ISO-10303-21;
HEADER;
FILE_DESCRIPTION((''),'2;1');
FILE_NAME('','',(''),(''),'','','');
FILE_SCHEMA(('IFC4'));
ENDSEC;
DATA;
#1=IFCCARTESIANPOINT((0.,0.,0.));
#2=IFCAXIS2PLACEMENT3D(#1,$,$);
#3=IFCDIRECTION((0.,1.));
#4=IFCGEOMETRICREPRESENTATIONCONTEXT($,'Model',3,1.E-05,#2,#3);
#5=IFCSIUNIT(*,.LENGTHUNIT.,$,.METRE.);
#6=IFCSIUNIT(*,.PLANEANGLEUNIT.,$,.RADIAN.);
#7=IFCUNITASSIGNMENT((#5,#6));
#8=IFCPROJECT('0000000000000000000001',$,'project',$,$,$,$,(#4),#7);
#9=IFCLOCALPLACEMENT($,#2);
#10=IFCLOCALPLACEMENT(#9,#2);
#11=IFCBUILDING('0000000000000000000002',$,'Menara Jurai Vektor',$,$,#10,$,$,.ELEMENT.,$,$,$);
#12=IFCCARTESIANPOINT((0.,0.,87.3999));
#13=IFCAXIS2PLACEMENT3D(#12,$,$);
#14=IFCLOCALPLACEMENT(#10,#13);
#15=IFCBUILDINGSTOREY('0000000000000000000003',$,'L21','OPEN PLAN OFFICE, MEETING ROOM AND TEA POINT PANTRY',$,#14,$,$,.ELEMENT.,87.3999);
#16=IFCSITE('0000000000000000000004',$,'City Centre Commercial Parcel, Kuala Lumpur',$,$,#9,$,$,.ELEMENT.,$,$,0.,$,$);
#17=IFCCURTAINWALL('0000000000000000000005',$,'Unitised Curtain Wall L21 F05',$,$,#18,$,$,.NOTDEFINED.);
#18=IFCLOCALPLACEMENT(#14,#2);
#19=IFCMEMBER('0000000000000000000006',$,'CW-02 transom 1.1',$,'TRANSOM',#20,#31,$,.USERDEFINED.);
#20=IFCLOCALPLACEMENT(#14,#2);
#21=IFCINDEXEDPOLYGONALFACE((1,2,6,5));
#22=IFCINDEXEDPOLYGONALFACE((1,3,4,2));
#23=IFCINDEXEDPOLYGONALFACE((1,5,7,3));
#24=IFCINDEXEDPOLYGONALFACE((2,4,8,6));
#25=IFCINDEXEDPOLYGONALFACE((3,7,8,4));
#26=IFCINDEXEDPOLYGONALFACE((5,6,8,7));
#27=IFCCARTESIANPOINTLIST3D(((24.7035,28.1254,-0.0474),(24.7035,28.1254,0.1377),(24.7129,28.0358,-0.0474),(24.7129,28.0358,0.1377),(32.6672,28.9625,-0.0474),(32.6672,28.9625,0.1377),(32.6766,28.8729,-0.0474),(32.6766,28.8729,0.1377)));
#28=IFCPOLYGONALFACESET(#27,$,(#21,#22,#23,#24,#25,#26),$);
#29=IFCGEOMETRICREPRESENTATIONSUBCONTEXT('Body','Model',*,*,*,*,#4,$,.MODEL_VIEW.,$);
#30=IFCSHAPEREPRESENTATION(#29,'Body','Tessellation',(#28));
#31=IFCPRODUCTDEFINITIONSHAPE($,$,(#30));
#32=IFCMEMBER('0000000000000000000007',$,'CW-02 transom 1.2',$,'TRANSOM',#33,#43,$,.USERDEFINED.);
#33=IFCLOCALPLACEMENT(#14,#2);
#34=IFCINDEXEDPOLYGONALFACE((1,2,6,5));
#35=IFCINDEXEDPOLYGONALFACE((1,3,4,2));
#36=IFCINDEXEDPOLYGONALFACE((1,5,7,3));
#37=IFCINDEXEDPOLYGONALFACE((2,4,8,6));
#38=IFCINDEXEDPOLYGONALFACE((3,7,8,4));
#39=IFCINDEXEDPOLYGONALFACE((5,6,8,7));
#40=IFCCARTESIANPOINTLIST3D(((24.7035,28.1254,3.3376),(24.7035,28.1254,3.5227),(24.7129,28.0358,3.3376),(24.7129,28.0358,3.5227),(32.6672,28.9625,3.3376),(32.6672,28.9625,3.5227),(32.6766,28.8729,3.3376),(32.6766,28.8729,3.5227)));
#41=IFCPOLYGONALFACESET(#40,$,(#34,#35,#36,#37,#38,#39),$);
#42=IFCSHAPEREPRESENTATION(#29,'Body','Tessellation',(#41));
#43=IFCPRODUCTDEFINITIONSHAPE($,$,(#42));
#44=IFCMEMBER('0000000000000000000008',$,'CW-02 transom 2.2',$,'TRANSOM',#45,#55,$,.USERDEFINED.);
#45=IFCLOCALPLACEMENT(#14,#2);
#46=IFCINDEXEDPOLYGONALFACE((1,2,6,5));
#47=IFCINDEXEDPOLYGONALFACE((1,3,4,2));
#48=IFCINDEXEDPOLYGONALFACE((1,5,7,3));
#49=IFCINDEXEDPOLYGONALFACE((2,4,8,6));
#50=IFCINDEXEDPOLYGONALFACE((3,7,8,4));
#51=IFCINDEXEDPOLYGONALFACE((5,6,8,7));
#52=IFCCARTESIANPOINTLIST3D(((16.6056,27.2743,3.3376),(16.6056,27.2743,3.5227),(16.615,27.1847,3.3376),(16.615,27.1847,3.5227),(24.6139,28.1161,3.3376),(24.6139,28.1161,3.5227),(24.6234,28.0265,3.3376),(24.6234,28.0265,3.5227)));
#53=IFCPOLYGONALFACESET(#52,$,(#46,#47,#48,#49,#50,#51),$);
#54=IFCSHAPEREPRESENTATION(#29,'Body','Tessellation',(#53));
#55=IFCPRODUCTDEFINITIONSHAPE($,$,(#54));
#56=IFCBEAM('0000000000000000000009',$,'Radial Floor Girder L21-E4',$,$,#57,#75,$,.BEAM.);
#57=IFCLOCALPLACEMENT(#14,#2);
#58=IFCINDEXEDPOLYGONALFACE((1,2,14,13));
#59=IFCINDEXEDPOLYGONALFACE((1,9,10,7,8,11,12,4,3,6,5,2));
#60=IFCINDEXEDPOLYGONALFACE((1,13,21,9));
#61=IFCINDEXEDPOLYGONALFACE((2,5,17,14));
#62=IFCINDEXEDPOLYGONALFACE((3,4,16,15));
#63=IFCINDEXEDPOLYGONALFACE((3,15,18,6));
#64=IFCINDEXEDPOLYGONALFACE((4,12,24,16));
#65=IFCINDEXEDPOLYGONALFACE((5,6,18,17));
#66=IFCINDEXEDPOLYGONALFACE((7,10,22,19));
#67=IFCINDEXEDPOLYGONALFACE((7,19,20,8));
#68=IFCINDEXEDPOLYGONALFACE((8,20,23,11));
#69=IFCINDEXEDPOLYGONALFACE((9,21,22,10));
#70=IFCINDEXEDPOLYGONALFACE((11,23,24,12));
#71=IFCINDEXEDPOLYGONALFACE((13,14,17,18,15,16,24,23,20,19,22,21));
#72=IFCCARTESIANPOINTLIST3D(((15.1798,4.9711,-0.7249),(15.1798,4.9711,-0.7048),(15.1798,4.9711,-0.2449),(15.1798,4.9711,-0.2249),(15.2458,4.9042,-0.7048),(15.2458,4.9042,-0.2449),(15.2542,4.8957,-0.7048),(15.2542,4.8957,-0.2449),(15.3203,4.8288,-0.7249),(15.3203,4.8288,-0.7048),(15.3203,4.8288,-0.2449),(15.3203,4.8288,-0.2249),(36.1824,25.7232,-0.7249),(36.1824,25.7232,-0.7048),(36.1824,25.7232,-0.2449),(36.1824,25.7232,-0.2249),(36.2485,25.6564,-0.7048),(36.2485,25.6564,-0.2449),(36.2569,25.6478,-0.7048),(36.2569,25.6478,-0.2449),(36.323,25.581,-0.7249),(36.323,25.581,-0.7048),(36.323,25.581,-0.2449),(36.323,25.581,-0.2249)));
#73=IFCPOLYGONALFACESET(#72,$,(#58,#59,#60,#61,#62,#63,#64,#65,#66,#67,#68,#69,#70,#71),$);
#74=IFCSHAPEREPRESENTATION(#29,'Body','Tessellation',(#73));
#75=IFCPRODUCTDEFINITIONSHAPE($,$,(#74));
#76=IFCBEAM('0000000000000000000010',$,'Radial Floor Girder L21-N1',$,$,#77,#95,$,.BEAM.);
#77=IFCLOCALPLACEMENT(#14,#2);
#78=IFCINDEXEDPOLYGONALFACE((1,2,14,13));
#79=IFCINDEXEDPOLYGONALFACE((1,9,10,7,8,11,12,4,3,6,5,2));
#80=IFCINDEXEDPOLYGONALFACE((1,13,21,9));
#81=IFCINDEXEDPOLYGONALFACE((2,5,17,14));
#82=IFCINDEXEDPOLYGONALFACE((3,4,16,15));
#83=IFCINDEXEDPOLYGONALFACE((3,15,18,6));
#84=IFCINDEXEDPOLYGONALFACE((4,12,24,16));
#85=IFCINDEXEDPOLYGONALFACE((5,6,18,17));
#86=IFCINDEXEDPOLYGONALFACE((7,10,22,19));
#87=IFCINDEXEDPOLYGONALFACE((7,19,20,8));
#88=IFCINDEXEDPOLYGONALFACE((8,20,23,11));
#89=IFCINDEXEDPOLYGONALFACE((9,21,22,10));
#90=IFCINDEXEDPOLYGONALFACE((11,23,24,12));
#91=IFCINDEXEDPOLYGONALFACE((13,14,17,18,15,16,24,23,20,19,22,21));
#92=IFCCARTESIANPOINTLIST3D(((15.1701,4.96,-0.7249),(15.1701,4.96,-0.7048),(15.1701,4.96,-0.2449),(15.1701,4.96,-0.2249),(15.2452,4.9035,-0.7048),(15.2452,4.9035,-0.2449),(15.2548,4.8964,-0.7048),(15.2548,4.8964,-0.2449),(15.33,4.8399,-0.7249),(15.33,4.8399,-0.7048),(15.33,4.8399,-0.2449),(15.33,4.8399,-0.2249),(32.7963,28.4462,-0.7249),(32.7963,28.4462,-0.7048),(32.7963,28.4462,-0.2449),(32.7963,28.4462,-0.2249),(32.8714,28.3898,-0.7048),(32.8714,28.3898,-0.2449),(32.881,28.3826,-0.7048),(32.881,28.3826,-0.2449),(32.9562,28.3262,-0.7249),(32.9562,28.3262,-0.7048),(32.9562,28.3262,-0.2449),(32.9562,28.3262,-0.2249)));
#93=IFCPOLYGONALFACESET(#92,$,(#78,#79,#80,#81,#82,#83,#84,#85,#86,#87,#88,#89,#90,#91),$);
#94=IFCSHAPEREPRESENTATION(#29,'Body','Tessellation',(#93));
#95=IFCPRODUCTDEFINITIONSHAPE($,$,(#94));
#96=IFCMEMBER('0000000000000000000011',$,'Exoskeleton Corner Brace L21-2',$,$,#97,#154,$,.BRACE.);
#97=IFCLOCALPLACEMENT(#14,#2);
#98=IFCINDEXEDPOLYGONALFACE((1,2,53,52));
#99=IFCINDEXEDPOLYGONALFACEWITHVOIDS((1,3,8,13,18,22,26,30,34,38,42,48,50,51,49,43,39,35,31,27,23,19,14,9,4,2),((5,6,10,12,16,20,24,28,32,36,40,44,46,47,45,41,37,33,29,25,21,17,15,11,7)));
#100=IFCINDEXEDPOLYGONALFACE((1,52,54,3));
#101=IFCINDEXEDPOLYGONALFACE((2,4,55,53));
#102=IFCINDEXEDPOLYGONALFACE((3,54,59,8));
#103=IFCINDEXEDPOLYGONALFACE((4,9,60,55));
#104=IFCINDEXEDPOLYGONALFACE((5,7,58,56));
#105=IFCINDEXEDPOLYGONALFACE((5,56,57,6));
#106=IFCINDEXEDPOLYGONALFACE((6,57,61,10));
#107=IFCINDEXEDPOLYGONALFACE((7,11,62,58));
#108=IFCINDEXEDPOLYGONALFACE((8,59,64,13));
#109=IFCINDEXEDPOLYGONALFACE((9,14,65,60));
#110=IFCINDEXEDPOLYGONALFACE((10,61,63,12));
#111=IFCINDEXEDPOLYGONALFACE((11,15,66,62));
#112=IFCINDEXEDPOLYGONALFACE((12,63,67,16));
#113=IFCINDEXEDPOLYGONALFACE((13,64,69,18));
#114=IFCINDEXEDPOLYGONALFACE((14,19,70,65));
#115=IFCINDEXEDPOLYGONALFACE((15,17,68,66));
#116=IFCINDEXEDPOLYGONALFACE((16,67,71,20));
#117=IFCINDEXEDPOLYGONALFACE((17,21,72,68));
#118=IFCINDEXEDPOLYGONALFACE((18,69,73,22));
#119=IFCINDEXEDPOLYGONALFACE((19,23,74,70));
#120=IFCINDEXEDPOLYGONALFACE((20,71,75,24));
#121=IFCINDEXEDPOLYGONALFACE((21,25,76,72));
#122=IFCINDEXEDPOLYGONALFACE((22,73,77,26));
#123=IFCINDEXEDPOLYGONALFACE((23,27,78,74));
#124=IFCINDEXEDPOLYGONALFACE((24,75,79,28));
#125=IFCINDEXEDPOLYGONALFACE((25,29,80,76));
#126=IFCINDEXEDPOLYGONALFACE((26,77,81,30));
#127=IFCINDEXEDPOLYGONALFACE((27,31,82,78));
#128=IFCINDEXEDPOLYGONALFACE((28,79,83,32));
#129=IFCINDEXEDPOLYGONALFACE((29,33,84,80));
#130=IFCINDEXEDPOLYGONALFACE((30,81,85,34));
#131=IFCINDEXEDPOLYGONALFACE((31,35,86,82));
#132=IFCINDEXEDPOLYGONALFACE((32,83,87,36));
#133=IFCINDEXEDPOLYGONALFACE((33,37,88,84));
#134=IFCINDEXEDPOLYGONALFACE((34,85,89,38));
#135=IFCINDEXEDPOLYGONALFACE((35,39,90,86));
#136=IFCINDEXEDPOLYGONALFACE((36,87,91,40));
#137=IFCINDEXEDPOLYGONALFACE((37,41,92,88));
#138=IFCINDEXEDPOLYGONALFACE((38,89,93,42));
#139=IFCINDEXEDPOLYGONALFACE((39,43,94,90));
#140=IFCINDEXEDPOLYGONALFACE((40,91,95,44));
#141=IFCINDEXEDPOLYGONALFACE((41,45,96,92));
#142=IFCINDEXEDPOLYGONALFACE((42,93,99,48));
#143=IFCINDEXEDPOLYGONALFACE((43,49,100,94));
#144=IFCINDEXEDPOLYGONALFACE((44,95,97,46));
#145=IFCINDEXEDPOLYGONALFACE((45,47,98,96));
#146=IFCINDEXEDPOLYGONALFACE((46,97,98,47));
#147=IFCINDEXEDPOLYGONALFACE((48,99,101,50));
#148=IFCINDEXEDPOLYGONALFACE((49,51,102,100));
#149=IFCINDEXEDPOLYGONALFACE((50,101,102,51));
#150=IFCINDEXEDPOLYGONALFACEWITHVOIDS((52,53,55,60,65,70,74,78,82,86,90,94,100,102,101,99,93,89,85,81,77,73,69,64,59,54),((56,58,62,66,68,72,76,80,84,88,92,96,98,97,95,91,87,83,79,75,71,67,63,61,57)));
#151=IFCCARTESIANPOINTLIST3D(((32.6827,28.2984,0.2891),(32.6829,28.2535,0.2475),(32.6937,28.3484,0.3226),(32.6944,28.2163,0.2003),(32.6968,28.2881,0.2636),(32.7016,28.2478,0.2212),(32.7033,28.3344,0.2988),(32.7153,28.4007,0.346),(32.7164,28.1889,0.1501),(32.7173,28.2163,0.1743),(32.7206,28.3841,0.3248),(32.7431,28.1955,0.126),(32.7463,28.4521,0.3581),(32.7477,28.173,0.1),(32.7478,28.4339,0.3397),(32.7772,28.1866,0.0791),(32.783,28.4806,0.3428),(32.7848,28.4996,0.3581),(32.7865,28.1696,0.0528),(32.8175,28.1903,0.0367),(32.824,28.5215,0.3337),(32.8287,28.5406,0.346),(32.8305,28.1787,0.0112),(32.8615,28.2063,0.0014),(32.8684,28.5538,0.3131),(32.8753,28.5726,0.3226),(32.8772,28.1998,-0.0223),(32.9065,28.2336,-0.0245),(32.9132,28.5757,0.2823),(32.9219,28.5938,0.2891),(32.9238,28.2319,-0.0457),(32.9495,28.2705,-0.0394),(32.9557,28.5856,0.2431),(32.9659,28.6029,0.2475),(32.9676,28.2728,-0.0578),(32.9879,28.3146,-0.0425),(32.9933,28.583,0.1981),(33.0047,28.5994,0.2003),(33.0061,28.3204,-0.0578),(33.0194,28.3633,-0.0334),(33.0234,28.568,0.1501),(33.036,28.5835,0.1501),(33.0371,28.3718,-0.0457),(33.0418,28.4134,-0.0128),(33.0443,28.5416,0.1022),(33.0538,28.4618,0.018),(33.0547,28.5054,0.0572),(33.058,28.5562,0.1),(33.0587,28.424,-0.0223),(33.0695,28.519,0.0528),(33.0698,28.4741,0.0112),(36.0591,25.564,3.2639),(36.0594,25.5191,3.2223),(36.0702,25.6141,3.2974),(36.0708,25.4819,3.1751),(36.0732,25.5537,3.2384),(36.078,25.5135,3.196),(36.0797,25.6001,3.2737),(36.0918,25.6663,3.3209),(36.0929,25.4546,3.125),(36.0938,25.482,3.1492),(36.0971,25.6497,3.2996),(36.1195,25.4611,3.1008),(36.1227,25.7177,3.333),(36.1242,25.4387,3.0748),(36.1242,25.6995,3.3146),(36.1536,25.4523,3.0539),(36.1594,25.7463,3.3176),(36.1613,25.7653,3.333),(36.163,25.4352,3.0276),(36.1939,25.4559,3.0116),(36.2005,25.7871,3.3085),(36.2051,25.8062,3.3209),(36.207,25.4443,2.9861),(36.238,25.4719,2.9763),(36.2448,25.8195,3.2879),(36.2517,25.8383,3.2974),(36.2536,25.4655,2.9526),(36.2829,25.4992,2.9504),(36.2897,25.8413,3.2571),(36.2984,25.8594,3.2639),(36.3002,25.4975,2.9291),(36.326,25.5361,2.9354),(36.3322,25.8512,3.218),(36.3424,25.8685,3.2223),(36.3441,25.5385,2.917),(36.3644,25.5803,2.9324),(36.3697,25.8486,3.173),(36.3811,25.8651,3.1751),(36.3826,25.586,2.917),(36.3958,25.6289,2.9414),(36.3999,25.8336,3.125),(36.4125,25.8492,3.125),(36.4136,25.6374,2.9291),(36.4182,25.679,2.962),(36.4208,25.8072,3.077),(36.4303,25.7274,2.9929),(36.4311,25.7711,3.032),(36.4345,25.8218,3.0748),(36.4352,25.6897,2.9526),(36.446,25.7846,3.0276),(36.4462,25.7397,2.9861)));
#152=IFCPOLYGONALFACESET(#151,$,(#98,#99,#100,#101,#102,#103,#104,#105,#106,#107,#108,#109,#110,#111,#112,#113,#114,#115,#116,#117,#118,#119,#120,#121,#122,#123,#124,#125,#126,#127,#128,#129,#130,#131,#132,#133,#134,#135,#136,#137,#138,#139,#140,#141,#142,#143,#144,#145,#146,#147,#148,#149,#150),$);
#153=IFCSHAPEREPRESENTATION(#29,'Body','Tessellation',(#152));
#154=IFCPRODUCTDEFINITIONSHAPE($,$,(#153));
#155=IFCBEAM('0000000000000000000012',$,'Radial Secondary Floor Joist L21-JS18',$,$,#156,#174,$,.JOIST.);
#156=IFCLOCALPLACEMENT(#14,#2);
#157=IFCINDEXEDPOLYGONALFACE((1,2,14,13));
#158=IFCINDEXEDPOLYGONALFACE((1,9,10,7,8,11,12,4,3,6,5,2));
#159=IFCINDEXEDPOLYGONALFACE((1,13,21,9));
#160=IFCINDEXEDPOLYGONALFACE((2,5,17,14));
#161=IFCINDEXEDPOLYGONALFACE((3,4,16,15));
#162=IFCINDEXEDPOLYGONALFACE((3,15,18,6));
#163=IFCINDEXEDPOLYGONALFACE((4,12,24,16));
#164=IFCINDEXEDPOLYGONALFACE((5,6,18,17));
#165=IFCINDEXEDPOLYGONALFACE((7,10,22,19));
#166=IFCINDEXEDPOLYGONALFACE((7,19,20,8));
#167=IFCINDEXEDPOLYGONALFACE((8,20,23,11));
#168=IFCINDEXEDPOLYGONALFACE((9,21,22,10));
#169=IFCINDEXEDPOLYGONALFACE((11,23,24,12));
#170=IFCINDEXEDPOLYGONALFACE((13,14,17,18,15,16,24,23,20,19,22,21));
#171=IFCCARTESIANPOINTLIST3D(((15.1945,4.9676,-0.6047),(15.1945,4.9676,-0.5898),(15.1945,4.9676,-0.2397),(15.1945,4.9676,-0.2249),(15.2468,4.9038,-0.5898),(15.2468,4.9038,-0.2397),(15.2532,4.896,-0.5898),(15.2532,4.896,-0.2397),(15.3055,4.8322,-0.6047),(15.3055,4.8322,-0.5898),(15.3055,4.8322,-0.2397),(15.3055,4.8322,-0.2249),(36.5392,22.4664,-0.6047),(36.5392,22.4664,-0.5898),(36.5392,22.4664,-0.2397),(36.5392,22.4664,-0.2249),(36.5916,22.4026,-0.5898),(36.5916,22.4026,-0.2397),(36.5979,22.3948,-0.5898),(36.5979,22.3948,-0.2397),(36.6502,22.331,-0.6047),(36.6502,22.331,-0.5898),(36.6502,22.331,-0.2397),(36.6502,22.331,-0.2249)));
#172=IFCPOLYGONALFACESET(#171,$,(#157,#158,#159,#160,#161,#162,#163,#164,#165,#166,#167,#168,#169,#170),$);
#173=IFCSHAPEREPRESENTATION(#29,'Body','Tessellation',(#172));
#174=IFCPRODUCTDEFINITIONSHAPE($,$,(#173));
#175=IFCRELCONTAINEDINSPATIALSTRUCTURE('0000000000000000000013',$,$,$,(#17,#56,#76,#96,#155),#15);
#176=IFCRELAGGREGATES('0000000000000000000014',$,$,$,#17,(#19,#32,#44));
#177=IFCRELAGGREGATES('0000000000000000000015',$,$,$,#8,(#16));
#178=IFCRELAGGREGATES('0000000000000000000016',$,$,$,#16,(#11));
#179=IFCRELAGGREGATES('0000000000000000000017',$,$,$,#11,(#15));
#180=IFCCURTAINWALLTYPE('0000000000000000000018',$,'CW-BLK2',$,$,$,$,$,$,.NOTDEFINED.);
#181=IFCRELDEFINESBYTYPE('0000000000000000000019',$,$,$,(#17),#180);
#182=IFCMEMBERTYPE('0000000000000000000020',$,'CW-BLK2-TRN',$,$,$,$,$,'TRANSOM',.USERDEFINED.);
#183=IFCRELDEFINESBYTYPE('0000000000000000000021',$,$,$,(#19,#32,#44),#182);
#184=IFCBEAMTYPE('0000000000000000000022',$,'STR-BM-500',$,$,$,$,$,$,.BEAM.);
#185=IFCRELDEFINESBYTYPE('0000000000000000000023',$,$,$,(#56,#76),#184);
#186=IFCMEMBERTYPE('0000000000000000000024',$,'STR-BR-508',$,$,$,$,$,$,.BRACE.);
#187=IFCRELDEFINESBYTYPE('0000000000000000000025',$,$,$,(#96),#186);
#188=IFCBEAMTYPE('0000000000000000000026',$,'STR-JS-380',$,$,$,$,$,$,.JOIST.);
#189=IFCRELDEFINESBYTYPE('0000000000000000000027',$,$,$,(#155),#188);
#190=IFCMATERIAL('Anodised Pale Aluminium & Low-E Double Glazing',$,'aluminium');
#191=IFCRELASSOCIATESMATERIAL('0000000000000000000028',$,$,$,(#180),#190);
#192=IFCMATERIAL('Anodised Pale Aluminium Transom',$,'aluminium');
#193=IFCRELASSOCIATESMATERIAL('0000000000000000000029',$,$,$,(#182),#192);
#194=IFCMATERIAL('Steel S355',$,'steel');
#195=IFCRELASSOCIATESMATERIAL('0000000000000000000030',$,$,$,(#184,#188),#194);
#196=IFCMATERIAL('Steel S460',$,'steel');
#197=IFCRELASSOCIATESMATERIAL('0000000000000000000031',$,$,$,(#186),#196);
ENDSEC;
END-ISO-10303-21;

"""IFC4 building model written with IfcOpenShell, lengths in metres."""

from ifc_helpers import new_model, si_unit, direction, frame, origin, origin_2d, place, context, subcontext, project, spatial, rectangle, hollow_circle, i_section, extrude, material, material_profile, profile_set, type_object, element, aggregate, save


model = new_model("IFC4")

# Units and contexts
model_context = context("Model", 3, precision=1e-05, world=origin(), true_north=direction((0.0, 1.0)))
body_context = subcontext(model_context, "Body", "Model", "MODEL_VIEW")
ifc_project = project(units=[si_unit("LENGTHUNIT", "METRE"), si_unit("PLANEANGLEUNIT", "RADIAN")], contexts=[model_context])

# Site, building, storey
site_placement = place(None, origin())
site = spatial("IfcSite", under=ifc_project, at=site_placement, Name="City Centre Commercial Parcel, Kuala Lumpur", CompositionType="ELEMENT", RefElevation=0.0)
building_placement = place(site_placement, origin())
building = spatial("IfcBuilding", under=site, at=building_placement, Name="Menara Jurai Vektor", CompositionType="ELEMENT")
storey_placement = place(building_placement, frame((0.0, 0.0, 87.3999)))
storey = spatial("IfcBuildingStorey", under=building, at=storey_placement, Name="L21", Description="OPEN PLAN OFFICE, MEETING ROOM AND TEA POINT PANTRY", CompositionType="ELEMENT", Elevation=87.3999)

# Shared definitions
ifc_material_1 = material(Name="Steel S460", Category="steel")

# Shared definitions
ifc_material_2 = material(Name="Anodised Pale Aluminium & Low-E Double Glazing", Category="aluminium")
curtain_wall_type = type_object("IfcCurtainWallType", Name="CW-BLK2", PredefinedType="NOTDEFINED", material=ifc_material_2)

# Curtain wall
curtain_wall_1_placement = place(storey_placement, origin())
curtain_wall_1 = element("IfcCurtainWall", 1, at=curtain_wall_1_placement, inside=storey, type_object=curtain_wall_type, Name="Unitised Curtain Wall L21 F05", PredefinedType="NOTDEFINED")

# Members
ifc_material_3 = material(Name="Anodised Pale Aluminium Transom", Category="aluminium")
ifc_material_profile_1 = material_profile(ifc_material_3, rectangle(XDim=0.0901, YDim=0.1851, at=origin_2d()), Name="ALU TRN 90x185")
ifc_profile_set_1 = profile_set([ifc_material_profile_1], Name="Anodised Pale Aluminium Transom")
member_type_1 = type_object("IfcMemberType", Name="CW-BLK2-TRN", ElementType="TRANSOM", PredefinedType="USERDEFINED", material=ifc_profile_set_1)
member_1_placement = place(storey_placement, frame((32.6719, 28.9177, 0.0452), z_axis=(-0.99452, -0.104547, 0.0), x_axis=(0.104547, -0.99452, 0.0)))
member_1 = element("IfcMember", 2, at=member_1_placement, type_object=member_type_1, Name="CW-02 transom 1.1", ObjectType="TRANSOM", PredefinedType="USERDEFINED", context=body_context, shape_type="SweptSolid", body=[
    extrude(rectangle(XDim=0.0901, YDim=0.1851, at=origin_2d()), origin(), (0.0, 0.0, 1.0), 8.0076),
])
member_2_placement = place(storey_placement, frame((32.6719, 28.9177, 3.4302), z_axis=(-0.99452, -0.104547, 0.0), x_axis=(0.104547, -0.99452, 0.0)))
member_2 = element("IfcMember", 3, at=member_2_placement, type_object=member_type_1, Name="CW-02 transom 1.2", ObjectType="TRANSOM", PredefinedType="USERDEFINED", context=body_context, shape_type="SweptSolid", body=[
    extrude(rectangle(XDim=0.0901, YDim=0.1851, at=origin_2d()), origin(), (0.0, 0.0, 1.0), 8.0076),
])
member_3_placement = place(storey_placement, frame((24.6187, 28.0713, 3.4302), z_axis=(-0.994521, -0.10454, 0.0), x_axis=(0.10454, -0.994521, 0.0)))
member_3 = element("IfcMember", 4, at=member_3_placement, type_object=member_type_1, Name="CW-02 transom 2.2", ObjectType="TRANSOM", PredefinedType="USERDEFINED", context=body_context, shape_type="SweptSolid", body=[
    extrude(rectangle(XDim=0.0901, YDim=0.1851, at=origin_2d()), origin(), (0.0, 0.0, 1.0), 8.0525),
])

# Beams
ifc_material_4 = material(Name="Steel S355", Category="steel")
ifc_material_profile_2 = material_profile(ifc_material_4, i_section(OverallWidth=0.2, OverallDepth=0.5, WebThickness=0.012, FlangeThickness=0.02, at=origin_2d()), Name="PG 500x200x96")
ifc_profile_set_2 = profile_set([ifc_material_profile_2], Name="Steel S355")
beam_type_1 = type_object("IfcBeamType", Name="STR-BM-500", PredefinedType="BEAM", material=ifc_profile_set_2)
beam_1_placement = place(storey_placement, frame((36.2527, 25.6521, -0.4749), z_axis=(-0.711336, -0.702852, 0.0), x_axis=(0.702852, -0.711336, 0.0)))
element("IfcBeam", 5, at=beam_1_placement, inside=storey, type_object=beam_type_1, Name="Radial Floor Girder L21-E4", PredefinedType="BEAM", context=body_context, shape_type="SweptSolid", body=[
    extrude(i_section(OverallWidth=0.2, OverallDepth=0.5, WebThickness=0.012, FlangeThickness=0.02, at=origin_2d()), origin(), (0.0, 0.0, 1.0), 29.5256),
])
beam_2_placement = place(storey_placement, frame((32.8762, 28.3862, -0.4749), z_axis=(-0.60025, -0.799812, 0.0), x_axis=(0.799812, -0.60025, 0.0)))
element("IfcBeam", 6, at=beam_2_placement, inside=storey, type_object=beam_type_1, Name="Radial Floor Girder L21-N1", PredefinedType="BEAM", context=body_context, shape_type="SweptSolid", body=[
    extrude(i_section(OverallWidth=0.2, OverallDepth=0.5, WebThickness=0.012, FlangeThickness=0.02, at=origin_2d()), origin(), (0.0, 0.0, 1.0), 29.3647),
])

# Member
ifc_material_profile_3 = material_profile(ifc_material_1, hollow_circle(Radius=0.2539, WallThickness=0.02, at=origin_2d()), Name="CHS 508x20")
ifc_profile_set_3 = profile_set([ifc_material_profile_3], Name="Steel S460")
member_type_2 = type_object("IfcMemberType", Name="STR-BR-508", PredefinedType="BRACE", material=ifc_profile_set_3)
member_4_placement = place(storey_placement, frame((32.8762, 28.3862, 0.1501), z_axis=(0.641225, -0.519285, 0.564955), x_axis=(0.629344, 0.777127, 0.0)))
element("IfcMember", 7, at=member_4_placement, inside=storey, type_object=member_type_2, Name="Exoskeleton Corner Brace L21-2", PredefinedType="BRACE", context=body_context, shape_type="SweptSolid", body=[
    extrude(hollow_circle(Radius=0.2539, WallThickness=0.02, at=origin_2d()), origin(), (0.0, 0.0, 1.0), 5.2656),
])

# Beam
ifc_material_profile_4 = material_profile(ifc_material_4, i_section(OverallWidth=0.175, OverallDepth=0.3799, WebThickness=0.01, FlangeThickness=0.0149, at=origin_2d()), Name="PG 380x175x58")
ifc_profile_set_4 = profile_set([ifc_material_profile_4], Name="Steel S355")
beam_type_2 = type_object("IfcBeamType", Name="STR-JS-380", PredefinedType="JOIST", material=ifc_profile_set_4)
beam_3_placement = place(storey_placement, frame((36.5947, 22.3987, -0.4148), z_axis=(-0.773337, -0.633995, 0.0), x_axis=(0.633995, -0.773337, 0.0)))
element("IfcBeam", 8, at=beam_3_placement, inside=storey, type_object=beam_type_2, Name="Radial Secondary Floor Joist L21-JS18", PredefinedType="JOIST", context=body_context, shape_type="SweptSolid", body=[
    extrude(i_section(OverallWidth=0.175, OverallDepth=0.3799, WebThickness=0.01, FlangeThickness=0.0149, at=origin_2d()), origin(), (0.0, 0.0, 1.0), 27.6008),
])

aggregate(curtain_wall_1, [member_1, member_2, member_3])

save(model, "model.ifc")
